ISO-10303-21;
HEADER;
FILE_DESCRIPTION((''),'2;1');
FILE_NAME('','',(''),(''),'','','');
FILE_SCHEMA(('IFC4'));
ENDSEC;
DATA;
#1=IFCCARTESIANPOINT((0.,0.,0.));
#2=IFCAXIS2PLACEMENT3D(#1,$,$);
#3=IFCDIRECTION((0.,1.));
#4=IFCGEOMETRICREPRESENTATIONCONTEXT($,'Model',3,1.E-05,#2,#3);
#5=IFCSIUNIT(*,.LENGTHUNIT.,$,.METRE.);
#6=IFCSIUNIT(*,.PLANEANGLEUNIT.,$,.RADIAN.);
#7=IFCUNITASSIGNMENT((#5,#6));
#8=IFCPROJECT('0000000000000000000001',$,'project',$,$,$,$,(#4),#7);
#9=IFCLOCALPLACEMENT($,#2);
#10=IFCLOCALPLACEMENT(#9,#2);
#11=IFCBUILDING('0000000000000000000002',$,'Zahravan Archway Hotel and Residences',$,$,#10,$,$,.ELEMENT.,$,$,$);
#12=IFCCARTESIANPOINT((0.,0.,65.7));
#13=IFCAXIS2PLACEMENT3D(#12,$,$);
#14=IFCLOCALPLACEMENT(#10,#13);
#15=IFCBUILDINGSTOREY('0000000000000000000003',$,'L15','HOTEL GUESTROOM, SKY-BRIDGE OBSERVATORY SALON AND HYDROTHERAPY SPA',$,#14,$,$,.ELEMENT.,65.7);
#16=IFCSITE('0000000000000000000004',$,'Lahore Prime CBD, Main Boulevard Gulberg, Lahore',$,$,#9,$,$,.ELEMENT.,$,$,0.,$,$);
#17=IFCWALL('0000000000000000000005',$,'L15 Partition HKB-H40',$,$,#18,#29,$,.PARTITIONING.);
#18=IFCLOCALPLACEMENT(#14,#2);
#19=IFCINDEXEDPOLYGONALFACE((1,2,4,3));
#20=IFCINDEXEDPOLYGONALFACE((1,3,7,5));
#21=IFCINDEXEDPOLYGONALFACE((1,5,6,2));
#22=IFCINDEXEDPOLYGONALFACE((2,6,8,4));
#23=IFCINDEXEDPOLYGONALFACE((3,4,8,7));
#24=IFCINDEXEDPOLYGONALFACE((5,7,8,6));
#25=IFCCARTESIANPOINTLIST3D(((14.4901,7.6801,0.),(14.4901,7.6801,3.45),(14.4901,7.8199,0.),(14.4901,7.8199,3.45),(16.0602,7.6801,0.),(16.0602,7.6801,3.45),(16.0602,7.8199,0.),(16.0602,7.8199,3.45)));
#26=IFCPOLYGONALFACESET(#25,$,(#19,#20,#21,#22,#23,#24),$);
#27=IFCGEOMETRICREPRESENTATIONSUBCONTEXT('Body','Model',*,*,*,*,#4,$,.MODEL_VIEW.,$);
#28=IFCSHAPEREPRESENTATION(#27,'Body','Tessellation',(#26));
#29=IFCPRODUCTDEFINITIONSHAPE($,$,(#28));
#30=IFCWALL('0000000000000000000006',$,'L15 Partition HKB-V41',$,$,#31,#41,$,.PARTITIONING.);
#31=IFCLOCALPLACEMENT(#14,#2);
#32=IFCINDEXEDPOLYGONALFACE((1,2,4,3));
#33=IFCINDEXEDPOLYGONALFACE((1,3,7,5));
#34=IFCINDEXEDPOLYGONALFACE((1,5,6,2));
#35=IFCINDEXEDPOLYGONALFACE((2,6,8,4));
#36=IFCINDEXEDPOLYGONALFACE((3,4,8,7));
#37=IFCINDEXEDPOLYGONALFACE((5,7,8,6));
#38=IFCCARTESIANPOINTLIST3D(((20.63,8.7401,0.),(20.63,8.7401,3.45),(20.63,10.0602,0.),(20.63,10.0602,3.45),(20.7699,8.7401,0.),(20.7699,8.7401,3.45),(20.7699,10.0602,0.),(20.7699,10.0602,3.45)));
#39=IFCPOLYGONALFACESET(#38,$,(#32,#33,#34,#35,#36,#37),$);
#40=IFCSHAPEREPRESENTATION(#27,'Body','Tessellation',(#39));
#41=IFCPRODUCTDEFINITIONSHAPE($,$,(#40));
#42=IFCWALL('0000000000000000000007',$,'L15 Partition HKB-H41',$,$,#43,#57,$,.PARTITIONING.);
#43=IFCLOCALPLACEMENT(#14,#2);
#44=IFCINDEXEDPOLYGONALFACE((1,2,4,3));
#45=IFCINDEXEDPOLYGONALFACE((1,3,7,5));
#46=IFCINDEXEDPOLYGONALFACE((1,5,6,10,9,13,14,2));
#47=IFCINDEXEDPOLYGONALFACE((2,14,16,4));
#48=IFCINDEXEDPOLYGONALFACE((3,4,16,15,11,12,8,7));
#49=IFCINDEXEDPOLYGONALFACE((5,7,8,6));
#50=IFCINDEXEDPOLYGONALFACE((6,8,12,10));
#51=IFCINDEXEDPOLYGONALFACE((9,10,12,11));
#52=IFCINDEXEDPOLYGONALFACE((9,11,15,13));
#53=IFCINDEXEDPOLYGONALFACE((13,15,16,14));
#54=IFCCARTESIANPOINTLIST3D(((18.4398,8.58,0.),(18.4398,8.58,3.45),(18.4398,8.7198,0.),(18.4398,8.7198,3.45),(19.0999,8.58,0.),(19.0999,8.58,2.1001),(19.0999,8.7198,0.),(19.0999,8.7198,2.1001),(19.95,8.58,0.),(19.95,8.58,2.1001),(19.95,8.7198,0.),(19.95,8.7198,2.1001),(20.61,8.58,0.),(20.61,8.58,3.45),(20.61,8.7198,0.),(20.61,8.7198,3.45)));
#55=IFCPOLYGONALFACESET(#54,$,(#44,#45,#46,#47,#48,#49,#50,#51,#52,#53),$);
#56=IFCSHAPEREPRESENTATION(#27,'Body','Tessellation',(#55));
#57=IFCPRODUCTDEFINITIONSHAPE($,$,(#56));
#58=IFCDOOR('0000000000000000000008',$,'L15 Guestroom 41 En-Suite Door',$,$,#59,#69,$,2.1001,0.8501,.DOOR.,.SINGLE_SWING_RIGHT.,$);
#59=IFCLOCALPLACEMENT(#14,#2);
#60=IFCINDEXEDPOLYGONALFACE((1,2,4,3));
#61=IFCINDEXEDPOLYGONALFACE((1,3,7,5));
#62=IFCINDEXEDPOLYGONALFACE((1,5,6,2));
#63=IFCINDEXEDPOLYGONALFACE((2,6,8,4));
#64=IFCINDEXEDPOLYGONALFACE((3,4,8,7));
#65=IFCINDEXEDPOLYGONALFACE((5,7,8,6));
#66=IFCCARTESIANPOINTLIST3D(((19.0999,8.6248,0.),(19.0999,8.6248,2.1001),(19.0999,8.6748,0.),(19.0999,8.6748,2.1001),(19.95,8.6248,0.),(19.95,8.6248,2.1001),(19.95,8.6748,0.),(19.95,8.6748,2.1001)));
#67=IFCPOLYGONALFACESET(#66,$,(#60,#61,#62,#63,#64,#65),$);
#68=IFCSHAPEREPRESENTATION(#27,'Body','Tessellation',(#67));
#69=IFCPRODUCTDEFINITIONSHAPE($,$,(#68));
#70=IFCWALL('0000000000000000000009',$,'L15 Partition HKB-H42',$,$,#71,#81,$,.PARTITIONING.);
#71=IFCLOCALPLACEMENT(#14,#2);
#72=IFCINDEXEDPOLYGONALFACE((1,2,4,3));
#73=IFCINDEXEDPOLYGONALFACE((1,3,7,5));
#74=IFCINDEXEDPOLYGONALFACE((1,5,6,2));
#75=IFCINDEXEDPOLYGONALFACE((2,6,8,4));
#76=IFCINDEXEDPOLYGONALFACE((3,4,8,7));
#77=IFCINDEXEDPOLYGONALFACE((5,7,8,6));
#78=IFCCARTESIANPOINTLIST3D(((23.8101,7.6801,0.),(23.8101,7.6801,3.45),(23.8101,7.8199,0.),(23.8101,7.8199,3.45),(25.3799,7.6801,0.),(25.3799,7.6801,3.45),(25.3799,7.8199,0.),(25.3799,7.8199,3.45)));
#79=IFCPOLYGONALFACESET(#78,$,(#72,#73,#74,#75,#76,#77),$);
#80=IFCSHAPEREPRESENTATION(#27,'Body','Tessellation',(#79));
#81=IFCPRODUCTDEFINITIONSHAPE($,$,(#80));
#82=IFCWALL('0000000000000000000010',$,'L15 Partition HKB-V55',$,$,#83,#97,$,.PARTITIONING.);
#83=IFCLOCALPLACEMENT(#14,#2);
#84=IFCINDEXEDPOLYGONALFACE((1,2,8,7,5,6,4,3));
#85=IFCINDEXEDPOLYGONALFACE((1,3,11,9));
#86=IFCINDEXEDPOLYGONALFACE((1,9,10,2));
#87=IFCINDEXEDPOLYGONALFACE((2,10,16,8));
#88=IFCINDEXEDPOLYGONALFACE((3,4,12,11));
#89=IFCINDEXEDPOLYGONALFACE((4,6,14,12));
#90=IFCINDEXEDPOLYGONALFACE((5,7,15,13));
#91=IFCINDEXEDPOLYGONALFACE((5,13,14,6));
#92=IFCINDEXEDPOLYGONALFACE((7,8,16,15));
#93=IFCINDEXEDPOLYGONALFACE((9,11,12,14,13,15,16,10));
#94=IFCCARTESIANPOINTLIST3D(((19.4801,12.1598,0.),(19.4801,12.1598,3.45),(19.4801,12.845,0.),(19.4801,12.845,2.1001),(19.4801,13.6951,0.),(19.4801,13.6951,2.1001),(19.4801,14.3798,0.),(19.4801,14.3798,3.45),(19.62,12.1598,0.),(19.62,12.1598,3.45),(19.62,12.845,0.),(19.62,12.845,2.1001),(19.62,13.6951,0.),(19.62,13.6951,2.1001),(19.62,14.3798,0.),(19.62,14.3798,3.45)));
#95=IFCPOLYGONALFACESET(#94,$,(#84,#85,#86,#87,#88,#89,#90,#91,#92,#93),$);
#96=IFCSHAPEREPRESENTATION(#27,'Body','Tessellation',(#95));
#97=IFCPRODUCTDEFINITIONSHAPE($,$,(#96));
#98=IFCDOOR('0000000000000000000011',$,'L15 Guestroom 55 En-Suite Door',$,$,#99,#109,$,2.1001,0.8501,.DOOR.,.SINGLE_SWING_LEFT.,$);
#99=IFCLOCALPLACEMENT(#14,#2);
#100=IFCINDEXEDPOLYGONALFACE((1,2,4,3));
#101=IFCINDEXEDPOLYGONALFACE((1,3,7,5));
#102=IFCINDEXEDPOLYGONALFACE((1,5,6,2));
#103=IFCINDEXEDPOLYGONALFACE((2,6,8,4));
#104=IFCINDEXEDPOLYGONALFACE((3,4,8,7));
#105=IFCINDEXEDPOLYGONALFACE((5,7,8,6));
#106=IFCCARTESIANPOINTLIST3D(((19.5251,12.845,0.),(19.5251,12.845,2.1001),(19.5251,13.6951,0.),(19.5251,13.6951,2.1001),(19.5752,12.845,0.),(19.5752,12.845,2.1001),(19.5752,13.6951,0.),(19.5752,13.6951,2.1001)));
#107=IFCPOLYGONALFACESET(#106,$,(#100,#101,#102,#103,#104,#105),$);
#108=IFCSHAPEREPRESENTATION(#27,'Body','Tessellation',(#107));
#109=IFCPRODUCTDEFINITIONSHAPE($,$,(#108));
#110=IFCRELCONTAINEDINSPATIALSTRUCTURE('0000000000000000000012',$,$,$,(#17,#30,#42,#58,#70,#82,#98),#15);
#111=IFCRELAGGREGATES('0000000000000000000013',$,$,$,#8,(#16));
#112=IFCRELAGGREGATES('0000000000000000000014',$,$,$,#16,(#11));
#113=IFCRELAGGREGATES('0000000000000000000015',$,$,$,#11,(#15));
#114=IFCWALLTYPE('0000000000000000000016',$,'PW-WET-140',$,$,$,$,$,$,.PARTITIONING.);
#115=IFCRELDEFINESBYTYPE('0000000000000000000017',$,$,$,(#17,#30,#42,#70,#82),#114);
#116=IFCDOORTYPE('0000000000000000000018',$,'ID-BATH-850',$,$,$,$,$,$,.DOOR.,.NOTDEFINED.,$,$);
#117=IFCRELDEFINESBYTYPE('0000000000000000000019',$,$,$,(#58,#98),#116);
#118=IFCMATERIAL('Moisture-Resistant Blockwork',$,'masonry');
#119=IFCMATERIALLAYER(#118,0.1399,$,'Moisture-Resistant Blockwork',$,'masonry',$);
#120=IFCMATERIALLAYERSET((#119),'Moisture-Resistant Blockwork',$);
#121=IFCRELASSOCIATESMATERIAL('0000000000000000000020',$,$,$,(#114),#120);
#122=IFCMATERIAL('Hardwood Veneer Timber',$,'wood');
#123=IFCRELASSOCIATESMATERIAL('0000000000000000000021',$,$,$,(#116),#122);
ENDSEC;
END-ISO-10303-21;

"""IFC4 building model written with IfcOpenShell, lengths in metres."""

from ifc_helpers import new_model, si_unit, direction, frame, frame_2d, origin, place, context, subcontext, project, spatial, rectangle, extrude, source, transform, mapped, material, layer, layer_set, type_object, type_shapes, element, fill, save


model = new_model("IFC4")

# Units and contexts
model_context = context("Model", 3, precision=1e-05, world=origin(), true_north=direction((0.0, 1.0)))
body_context = subcontext(model_context, "Body", "Model", "MODEL_VIEW")
ifc_project = project(units=[si_unit("LENGTHUNIT", "METRE"), si_unit("PLANEANGLEUNIT", "RADIAN")], contexts=[model_context])

# Site, building, storey
site_placement = place(None, origin())
site = spatial("IfcSite", under=ifc_project, at=site_placement, Name="Lahore Prime CBD, Main Boulevard Gulberg, Lahore", CompositionType="ELEMENT", RefElevation=0.0)
building_placement = place(site_placement, origin())
building = spatial("IfcBuilding", under=site, at=building_placement, Name="Zahravan Archway Hotel and Residences", CompositionType="ELEMENT")
storey_placement = place(building_placement, frame((0.0, 0.0, 65.7)))
storey = spatial("IfcBuildingStorey", under=building, at=storey_placement, Name="L15", Description="HOTEL GUESTROOM, SKY-BRIDGE OBSERVATORY SALON AND HYDROTHERAPY SPA", CompositionType="ELEMENT", Elevation=65.7)

# Shared definitions
ifc_material_1 = material(Name="Hardwood Veneer Timber", Category="wood")

# Shared definitions
ifc_material_2 = material(Name="Moisture-Resistant Blockwork", Category="masonry")
ifc_layer_1 = layer(ifc_material_2, 0.1399, Name="Moisture-Resistant Blockwork", Category="masonry")
ifc_layer_set_1 = layer_set([ifc_layer_1], Name="Moisture-Resistant Blockwork")
wall_type_1 = type_object("IfcWallType", Name="PW-WET-140", PredefinedType="PARTITIONING", material=ifc_layer_set_1)
door_type_1 = type_object("IfcDoorType", Name="ID-BATH-850", OperationType="NOTDEFINED", PredefinedType="DOOR", material=ifc_material_1)
shared_shape_1 = source(origin(), body_context, "Body", "SweptSolid", [
    extrude(rectangle(XDim=0.8501, YDim=2.1001, at=frame_2d((0.425, 1.05))), frame((0.0, 0.0249, 0.0), z_axis=(0.0, -1.0, 0.0), x_axis=(1.0, 0.0, 0.0)), (0.0, 0.0, 1.0), 0.05),
])
type_shapes(door_type_1, [shared_shape_1])

# Walls
wall_1_placement = place(storey_placement, frame((14.49, 7.75, 0.0), z_axis=(0.0, 0.0, 1.0), x_axis=(1.0, 0.0, 0.0)))
element("IfcWall", 1, at=wall_1_placement, inside=storey, type_object=wall_type_1, Name="L15 Partition HKB-H40", PredefinedType="PARTITIONING", context=body_context, shape_type="SweptSolid", body=[
    extrude(rectangle(XDim=1.5701, YDim=0.1399, at=frame_2d((0.7852, 0.0))), origin(), (0.0, 0.0, 1.0), 3.45),
])
wall_2_placement = place(storey_placement, frame((20.7, 8.74, 0.0), z_axis=(0.0, 0.0, 1.0), x_axis=(0.0, 1.0, 0.0)))
element("IfcWall", 2, at=wall_2_placement, inside=storey, type_object=wall_type_1, Name="L15 Partition HKB-V41", PredefinedType="PARTITIONING", context=body_context, shape_type="SweptSolid", body=[
    extrude(rectangle(XDim=1.3201, YDim=0.1399, at=frame_2d((0.6602, 0.0))), origin(), (0.0, 0.0, 1.0), 3.45),
])

# Wall, opening, door
wall_3_placement = place(storey_placement, frame((18.4399, 8.6499, 0.0), z_axis=(0.0, 0.0, 1.0), x_axis=(1.0, 0.0, 0.0)))
wall_3 = element("IfcWall", 3, at=wall_3_placement, inside=storey, type_object=wall_type_1, Name="L15 Partition HKB-H41", PredefinedType="PARTITIONING", context=body_context, shape_type="SweptSolid", body=[
    extrude(rectangle(XDim=2.1702, YDim=0.1399, at=frame_2d((1.085, 0.0))), origin(), (0.0, 0.0, 1.0), 3.45),
])
opening_1_placement = place(wall_3_placement, frame((0.6599, 0.0, 0.0)))
opening_1 = element("IfcOpeningElement", 4, at=opening_1_placement, cuts=wall_3, PredefinedType="OPENING", context=body_context, shape_type="SweptSolid", body=[
    extrude(rectangle(XDim=0.8501, YDim=2.1001, at=frame_2d((0.425, 1.05))), frame((0.0, 0.0801, 0.0), z_axis=(0.0, -1.0, 0.0), x_axis=(1.0, 0.0, 0.0)), (0.0, 0.0, 1.0), 0.1599),
])
door_1_placement = place(opening_1_placement, origin())
door_1 = element("IfcDoor", 5, at=door_1_placement, inside=storey, type_object=door_type_1, Name="L15 Guestroom 41 En-Suite Door", OperationType="SINGLE_SWING_RIGHT", OverallHeight=2.1001, OverallWidth=0.8501, PredefinedType="DOOR", context=body_context, shape_type="MappedRepresentation", body=[
    mapped(shared_shape_1, transform((0.0, 0.0, 0.0), scale=1.0)),
])
fill(opening_1, door_1)

# Wall
wall_4_placement = place(storey_placement, frame((23.8101, 7.75, 0.0), z_axis=(0.0, 0.0, 1.0), x_axis=(1.0, 0.0, 0.0)))
element("IfcWall", 6, at=wall_4_placement, inside=storey, type_object=wall_type_1, Name="L15 Partition HKB-H42", PredefinedType="PARTITIONING", context=body_context, shape_type="SweptSolid", body=[
    extrude(rectangle(XDim=1.5698, YDim=0.1399, at=frame_2d((0.7849, 0.0))), origin(), (0.0, 0.0, 1.0), 3.45),
])

# Wall, opening, door
wall_5_placement = place(storey_placement, frame((19.55, 12.1599, 0.0), z_axis=(0.0, 0.0, 1.0), x_axis=(0.0, 1.0, 0.0)))
wall_5 = element("IfcWall", 7, at=wall_5_placement, inside=storey, type_object=wall_type_1, Name="L15 Partition HKB-V55", PredefinedType="PARTITIONING", context=body_context, shape_type="SweptSolid", body=[
    extrude(rectangle(XDim=2.22, YDim=0.1399, at=frame_2d((1.1099, 0.0))), origin(), (0.0, 0.0, 1.0), 3.45),
])
opening_2_placement = place(wall_5_placement, frame((0.6851, 0.0, 0.0)))
opening_2 = element("IfcOpeningElement", 8, at=opening_2_placement, cuts=wall_5, PredefinedType="OPENING", context=body_context, shape_type="SweptSolid", body=[
    extrude(rectangle(XDim=0.8501, YDim=2.1001, at=frame_2d((0.425, 1.05))), frame((0.0, 0.0801, 0.0), z_axis=(0.0, -1.0, 0.0), x_axis=(1.0, 0.0, 0.0)), (0.0, 0.0, 1.0), 0.1599),
])
door_2_placement = place(opening_2_placement, origin())
door_2 = element("IfcDoor", 9, at=door_2_placement, inside=storey, type_object=door_type_1, Name="L15 Guestroom 55 En-Suite Door", OperationType="SINGLE_SWING_LEFT", OverallHeight=2.1001, OverallWidth=0.8501, PredefinedType="DOOR", context=body_context, shape_type="MappedRepresentation", body=[
    mapped(shared_shape_1, transform((0.0, 0.0, 0.0), scale=1.0)),
])
fill(opening_2, door_2)

save(model, "model.ifc")
